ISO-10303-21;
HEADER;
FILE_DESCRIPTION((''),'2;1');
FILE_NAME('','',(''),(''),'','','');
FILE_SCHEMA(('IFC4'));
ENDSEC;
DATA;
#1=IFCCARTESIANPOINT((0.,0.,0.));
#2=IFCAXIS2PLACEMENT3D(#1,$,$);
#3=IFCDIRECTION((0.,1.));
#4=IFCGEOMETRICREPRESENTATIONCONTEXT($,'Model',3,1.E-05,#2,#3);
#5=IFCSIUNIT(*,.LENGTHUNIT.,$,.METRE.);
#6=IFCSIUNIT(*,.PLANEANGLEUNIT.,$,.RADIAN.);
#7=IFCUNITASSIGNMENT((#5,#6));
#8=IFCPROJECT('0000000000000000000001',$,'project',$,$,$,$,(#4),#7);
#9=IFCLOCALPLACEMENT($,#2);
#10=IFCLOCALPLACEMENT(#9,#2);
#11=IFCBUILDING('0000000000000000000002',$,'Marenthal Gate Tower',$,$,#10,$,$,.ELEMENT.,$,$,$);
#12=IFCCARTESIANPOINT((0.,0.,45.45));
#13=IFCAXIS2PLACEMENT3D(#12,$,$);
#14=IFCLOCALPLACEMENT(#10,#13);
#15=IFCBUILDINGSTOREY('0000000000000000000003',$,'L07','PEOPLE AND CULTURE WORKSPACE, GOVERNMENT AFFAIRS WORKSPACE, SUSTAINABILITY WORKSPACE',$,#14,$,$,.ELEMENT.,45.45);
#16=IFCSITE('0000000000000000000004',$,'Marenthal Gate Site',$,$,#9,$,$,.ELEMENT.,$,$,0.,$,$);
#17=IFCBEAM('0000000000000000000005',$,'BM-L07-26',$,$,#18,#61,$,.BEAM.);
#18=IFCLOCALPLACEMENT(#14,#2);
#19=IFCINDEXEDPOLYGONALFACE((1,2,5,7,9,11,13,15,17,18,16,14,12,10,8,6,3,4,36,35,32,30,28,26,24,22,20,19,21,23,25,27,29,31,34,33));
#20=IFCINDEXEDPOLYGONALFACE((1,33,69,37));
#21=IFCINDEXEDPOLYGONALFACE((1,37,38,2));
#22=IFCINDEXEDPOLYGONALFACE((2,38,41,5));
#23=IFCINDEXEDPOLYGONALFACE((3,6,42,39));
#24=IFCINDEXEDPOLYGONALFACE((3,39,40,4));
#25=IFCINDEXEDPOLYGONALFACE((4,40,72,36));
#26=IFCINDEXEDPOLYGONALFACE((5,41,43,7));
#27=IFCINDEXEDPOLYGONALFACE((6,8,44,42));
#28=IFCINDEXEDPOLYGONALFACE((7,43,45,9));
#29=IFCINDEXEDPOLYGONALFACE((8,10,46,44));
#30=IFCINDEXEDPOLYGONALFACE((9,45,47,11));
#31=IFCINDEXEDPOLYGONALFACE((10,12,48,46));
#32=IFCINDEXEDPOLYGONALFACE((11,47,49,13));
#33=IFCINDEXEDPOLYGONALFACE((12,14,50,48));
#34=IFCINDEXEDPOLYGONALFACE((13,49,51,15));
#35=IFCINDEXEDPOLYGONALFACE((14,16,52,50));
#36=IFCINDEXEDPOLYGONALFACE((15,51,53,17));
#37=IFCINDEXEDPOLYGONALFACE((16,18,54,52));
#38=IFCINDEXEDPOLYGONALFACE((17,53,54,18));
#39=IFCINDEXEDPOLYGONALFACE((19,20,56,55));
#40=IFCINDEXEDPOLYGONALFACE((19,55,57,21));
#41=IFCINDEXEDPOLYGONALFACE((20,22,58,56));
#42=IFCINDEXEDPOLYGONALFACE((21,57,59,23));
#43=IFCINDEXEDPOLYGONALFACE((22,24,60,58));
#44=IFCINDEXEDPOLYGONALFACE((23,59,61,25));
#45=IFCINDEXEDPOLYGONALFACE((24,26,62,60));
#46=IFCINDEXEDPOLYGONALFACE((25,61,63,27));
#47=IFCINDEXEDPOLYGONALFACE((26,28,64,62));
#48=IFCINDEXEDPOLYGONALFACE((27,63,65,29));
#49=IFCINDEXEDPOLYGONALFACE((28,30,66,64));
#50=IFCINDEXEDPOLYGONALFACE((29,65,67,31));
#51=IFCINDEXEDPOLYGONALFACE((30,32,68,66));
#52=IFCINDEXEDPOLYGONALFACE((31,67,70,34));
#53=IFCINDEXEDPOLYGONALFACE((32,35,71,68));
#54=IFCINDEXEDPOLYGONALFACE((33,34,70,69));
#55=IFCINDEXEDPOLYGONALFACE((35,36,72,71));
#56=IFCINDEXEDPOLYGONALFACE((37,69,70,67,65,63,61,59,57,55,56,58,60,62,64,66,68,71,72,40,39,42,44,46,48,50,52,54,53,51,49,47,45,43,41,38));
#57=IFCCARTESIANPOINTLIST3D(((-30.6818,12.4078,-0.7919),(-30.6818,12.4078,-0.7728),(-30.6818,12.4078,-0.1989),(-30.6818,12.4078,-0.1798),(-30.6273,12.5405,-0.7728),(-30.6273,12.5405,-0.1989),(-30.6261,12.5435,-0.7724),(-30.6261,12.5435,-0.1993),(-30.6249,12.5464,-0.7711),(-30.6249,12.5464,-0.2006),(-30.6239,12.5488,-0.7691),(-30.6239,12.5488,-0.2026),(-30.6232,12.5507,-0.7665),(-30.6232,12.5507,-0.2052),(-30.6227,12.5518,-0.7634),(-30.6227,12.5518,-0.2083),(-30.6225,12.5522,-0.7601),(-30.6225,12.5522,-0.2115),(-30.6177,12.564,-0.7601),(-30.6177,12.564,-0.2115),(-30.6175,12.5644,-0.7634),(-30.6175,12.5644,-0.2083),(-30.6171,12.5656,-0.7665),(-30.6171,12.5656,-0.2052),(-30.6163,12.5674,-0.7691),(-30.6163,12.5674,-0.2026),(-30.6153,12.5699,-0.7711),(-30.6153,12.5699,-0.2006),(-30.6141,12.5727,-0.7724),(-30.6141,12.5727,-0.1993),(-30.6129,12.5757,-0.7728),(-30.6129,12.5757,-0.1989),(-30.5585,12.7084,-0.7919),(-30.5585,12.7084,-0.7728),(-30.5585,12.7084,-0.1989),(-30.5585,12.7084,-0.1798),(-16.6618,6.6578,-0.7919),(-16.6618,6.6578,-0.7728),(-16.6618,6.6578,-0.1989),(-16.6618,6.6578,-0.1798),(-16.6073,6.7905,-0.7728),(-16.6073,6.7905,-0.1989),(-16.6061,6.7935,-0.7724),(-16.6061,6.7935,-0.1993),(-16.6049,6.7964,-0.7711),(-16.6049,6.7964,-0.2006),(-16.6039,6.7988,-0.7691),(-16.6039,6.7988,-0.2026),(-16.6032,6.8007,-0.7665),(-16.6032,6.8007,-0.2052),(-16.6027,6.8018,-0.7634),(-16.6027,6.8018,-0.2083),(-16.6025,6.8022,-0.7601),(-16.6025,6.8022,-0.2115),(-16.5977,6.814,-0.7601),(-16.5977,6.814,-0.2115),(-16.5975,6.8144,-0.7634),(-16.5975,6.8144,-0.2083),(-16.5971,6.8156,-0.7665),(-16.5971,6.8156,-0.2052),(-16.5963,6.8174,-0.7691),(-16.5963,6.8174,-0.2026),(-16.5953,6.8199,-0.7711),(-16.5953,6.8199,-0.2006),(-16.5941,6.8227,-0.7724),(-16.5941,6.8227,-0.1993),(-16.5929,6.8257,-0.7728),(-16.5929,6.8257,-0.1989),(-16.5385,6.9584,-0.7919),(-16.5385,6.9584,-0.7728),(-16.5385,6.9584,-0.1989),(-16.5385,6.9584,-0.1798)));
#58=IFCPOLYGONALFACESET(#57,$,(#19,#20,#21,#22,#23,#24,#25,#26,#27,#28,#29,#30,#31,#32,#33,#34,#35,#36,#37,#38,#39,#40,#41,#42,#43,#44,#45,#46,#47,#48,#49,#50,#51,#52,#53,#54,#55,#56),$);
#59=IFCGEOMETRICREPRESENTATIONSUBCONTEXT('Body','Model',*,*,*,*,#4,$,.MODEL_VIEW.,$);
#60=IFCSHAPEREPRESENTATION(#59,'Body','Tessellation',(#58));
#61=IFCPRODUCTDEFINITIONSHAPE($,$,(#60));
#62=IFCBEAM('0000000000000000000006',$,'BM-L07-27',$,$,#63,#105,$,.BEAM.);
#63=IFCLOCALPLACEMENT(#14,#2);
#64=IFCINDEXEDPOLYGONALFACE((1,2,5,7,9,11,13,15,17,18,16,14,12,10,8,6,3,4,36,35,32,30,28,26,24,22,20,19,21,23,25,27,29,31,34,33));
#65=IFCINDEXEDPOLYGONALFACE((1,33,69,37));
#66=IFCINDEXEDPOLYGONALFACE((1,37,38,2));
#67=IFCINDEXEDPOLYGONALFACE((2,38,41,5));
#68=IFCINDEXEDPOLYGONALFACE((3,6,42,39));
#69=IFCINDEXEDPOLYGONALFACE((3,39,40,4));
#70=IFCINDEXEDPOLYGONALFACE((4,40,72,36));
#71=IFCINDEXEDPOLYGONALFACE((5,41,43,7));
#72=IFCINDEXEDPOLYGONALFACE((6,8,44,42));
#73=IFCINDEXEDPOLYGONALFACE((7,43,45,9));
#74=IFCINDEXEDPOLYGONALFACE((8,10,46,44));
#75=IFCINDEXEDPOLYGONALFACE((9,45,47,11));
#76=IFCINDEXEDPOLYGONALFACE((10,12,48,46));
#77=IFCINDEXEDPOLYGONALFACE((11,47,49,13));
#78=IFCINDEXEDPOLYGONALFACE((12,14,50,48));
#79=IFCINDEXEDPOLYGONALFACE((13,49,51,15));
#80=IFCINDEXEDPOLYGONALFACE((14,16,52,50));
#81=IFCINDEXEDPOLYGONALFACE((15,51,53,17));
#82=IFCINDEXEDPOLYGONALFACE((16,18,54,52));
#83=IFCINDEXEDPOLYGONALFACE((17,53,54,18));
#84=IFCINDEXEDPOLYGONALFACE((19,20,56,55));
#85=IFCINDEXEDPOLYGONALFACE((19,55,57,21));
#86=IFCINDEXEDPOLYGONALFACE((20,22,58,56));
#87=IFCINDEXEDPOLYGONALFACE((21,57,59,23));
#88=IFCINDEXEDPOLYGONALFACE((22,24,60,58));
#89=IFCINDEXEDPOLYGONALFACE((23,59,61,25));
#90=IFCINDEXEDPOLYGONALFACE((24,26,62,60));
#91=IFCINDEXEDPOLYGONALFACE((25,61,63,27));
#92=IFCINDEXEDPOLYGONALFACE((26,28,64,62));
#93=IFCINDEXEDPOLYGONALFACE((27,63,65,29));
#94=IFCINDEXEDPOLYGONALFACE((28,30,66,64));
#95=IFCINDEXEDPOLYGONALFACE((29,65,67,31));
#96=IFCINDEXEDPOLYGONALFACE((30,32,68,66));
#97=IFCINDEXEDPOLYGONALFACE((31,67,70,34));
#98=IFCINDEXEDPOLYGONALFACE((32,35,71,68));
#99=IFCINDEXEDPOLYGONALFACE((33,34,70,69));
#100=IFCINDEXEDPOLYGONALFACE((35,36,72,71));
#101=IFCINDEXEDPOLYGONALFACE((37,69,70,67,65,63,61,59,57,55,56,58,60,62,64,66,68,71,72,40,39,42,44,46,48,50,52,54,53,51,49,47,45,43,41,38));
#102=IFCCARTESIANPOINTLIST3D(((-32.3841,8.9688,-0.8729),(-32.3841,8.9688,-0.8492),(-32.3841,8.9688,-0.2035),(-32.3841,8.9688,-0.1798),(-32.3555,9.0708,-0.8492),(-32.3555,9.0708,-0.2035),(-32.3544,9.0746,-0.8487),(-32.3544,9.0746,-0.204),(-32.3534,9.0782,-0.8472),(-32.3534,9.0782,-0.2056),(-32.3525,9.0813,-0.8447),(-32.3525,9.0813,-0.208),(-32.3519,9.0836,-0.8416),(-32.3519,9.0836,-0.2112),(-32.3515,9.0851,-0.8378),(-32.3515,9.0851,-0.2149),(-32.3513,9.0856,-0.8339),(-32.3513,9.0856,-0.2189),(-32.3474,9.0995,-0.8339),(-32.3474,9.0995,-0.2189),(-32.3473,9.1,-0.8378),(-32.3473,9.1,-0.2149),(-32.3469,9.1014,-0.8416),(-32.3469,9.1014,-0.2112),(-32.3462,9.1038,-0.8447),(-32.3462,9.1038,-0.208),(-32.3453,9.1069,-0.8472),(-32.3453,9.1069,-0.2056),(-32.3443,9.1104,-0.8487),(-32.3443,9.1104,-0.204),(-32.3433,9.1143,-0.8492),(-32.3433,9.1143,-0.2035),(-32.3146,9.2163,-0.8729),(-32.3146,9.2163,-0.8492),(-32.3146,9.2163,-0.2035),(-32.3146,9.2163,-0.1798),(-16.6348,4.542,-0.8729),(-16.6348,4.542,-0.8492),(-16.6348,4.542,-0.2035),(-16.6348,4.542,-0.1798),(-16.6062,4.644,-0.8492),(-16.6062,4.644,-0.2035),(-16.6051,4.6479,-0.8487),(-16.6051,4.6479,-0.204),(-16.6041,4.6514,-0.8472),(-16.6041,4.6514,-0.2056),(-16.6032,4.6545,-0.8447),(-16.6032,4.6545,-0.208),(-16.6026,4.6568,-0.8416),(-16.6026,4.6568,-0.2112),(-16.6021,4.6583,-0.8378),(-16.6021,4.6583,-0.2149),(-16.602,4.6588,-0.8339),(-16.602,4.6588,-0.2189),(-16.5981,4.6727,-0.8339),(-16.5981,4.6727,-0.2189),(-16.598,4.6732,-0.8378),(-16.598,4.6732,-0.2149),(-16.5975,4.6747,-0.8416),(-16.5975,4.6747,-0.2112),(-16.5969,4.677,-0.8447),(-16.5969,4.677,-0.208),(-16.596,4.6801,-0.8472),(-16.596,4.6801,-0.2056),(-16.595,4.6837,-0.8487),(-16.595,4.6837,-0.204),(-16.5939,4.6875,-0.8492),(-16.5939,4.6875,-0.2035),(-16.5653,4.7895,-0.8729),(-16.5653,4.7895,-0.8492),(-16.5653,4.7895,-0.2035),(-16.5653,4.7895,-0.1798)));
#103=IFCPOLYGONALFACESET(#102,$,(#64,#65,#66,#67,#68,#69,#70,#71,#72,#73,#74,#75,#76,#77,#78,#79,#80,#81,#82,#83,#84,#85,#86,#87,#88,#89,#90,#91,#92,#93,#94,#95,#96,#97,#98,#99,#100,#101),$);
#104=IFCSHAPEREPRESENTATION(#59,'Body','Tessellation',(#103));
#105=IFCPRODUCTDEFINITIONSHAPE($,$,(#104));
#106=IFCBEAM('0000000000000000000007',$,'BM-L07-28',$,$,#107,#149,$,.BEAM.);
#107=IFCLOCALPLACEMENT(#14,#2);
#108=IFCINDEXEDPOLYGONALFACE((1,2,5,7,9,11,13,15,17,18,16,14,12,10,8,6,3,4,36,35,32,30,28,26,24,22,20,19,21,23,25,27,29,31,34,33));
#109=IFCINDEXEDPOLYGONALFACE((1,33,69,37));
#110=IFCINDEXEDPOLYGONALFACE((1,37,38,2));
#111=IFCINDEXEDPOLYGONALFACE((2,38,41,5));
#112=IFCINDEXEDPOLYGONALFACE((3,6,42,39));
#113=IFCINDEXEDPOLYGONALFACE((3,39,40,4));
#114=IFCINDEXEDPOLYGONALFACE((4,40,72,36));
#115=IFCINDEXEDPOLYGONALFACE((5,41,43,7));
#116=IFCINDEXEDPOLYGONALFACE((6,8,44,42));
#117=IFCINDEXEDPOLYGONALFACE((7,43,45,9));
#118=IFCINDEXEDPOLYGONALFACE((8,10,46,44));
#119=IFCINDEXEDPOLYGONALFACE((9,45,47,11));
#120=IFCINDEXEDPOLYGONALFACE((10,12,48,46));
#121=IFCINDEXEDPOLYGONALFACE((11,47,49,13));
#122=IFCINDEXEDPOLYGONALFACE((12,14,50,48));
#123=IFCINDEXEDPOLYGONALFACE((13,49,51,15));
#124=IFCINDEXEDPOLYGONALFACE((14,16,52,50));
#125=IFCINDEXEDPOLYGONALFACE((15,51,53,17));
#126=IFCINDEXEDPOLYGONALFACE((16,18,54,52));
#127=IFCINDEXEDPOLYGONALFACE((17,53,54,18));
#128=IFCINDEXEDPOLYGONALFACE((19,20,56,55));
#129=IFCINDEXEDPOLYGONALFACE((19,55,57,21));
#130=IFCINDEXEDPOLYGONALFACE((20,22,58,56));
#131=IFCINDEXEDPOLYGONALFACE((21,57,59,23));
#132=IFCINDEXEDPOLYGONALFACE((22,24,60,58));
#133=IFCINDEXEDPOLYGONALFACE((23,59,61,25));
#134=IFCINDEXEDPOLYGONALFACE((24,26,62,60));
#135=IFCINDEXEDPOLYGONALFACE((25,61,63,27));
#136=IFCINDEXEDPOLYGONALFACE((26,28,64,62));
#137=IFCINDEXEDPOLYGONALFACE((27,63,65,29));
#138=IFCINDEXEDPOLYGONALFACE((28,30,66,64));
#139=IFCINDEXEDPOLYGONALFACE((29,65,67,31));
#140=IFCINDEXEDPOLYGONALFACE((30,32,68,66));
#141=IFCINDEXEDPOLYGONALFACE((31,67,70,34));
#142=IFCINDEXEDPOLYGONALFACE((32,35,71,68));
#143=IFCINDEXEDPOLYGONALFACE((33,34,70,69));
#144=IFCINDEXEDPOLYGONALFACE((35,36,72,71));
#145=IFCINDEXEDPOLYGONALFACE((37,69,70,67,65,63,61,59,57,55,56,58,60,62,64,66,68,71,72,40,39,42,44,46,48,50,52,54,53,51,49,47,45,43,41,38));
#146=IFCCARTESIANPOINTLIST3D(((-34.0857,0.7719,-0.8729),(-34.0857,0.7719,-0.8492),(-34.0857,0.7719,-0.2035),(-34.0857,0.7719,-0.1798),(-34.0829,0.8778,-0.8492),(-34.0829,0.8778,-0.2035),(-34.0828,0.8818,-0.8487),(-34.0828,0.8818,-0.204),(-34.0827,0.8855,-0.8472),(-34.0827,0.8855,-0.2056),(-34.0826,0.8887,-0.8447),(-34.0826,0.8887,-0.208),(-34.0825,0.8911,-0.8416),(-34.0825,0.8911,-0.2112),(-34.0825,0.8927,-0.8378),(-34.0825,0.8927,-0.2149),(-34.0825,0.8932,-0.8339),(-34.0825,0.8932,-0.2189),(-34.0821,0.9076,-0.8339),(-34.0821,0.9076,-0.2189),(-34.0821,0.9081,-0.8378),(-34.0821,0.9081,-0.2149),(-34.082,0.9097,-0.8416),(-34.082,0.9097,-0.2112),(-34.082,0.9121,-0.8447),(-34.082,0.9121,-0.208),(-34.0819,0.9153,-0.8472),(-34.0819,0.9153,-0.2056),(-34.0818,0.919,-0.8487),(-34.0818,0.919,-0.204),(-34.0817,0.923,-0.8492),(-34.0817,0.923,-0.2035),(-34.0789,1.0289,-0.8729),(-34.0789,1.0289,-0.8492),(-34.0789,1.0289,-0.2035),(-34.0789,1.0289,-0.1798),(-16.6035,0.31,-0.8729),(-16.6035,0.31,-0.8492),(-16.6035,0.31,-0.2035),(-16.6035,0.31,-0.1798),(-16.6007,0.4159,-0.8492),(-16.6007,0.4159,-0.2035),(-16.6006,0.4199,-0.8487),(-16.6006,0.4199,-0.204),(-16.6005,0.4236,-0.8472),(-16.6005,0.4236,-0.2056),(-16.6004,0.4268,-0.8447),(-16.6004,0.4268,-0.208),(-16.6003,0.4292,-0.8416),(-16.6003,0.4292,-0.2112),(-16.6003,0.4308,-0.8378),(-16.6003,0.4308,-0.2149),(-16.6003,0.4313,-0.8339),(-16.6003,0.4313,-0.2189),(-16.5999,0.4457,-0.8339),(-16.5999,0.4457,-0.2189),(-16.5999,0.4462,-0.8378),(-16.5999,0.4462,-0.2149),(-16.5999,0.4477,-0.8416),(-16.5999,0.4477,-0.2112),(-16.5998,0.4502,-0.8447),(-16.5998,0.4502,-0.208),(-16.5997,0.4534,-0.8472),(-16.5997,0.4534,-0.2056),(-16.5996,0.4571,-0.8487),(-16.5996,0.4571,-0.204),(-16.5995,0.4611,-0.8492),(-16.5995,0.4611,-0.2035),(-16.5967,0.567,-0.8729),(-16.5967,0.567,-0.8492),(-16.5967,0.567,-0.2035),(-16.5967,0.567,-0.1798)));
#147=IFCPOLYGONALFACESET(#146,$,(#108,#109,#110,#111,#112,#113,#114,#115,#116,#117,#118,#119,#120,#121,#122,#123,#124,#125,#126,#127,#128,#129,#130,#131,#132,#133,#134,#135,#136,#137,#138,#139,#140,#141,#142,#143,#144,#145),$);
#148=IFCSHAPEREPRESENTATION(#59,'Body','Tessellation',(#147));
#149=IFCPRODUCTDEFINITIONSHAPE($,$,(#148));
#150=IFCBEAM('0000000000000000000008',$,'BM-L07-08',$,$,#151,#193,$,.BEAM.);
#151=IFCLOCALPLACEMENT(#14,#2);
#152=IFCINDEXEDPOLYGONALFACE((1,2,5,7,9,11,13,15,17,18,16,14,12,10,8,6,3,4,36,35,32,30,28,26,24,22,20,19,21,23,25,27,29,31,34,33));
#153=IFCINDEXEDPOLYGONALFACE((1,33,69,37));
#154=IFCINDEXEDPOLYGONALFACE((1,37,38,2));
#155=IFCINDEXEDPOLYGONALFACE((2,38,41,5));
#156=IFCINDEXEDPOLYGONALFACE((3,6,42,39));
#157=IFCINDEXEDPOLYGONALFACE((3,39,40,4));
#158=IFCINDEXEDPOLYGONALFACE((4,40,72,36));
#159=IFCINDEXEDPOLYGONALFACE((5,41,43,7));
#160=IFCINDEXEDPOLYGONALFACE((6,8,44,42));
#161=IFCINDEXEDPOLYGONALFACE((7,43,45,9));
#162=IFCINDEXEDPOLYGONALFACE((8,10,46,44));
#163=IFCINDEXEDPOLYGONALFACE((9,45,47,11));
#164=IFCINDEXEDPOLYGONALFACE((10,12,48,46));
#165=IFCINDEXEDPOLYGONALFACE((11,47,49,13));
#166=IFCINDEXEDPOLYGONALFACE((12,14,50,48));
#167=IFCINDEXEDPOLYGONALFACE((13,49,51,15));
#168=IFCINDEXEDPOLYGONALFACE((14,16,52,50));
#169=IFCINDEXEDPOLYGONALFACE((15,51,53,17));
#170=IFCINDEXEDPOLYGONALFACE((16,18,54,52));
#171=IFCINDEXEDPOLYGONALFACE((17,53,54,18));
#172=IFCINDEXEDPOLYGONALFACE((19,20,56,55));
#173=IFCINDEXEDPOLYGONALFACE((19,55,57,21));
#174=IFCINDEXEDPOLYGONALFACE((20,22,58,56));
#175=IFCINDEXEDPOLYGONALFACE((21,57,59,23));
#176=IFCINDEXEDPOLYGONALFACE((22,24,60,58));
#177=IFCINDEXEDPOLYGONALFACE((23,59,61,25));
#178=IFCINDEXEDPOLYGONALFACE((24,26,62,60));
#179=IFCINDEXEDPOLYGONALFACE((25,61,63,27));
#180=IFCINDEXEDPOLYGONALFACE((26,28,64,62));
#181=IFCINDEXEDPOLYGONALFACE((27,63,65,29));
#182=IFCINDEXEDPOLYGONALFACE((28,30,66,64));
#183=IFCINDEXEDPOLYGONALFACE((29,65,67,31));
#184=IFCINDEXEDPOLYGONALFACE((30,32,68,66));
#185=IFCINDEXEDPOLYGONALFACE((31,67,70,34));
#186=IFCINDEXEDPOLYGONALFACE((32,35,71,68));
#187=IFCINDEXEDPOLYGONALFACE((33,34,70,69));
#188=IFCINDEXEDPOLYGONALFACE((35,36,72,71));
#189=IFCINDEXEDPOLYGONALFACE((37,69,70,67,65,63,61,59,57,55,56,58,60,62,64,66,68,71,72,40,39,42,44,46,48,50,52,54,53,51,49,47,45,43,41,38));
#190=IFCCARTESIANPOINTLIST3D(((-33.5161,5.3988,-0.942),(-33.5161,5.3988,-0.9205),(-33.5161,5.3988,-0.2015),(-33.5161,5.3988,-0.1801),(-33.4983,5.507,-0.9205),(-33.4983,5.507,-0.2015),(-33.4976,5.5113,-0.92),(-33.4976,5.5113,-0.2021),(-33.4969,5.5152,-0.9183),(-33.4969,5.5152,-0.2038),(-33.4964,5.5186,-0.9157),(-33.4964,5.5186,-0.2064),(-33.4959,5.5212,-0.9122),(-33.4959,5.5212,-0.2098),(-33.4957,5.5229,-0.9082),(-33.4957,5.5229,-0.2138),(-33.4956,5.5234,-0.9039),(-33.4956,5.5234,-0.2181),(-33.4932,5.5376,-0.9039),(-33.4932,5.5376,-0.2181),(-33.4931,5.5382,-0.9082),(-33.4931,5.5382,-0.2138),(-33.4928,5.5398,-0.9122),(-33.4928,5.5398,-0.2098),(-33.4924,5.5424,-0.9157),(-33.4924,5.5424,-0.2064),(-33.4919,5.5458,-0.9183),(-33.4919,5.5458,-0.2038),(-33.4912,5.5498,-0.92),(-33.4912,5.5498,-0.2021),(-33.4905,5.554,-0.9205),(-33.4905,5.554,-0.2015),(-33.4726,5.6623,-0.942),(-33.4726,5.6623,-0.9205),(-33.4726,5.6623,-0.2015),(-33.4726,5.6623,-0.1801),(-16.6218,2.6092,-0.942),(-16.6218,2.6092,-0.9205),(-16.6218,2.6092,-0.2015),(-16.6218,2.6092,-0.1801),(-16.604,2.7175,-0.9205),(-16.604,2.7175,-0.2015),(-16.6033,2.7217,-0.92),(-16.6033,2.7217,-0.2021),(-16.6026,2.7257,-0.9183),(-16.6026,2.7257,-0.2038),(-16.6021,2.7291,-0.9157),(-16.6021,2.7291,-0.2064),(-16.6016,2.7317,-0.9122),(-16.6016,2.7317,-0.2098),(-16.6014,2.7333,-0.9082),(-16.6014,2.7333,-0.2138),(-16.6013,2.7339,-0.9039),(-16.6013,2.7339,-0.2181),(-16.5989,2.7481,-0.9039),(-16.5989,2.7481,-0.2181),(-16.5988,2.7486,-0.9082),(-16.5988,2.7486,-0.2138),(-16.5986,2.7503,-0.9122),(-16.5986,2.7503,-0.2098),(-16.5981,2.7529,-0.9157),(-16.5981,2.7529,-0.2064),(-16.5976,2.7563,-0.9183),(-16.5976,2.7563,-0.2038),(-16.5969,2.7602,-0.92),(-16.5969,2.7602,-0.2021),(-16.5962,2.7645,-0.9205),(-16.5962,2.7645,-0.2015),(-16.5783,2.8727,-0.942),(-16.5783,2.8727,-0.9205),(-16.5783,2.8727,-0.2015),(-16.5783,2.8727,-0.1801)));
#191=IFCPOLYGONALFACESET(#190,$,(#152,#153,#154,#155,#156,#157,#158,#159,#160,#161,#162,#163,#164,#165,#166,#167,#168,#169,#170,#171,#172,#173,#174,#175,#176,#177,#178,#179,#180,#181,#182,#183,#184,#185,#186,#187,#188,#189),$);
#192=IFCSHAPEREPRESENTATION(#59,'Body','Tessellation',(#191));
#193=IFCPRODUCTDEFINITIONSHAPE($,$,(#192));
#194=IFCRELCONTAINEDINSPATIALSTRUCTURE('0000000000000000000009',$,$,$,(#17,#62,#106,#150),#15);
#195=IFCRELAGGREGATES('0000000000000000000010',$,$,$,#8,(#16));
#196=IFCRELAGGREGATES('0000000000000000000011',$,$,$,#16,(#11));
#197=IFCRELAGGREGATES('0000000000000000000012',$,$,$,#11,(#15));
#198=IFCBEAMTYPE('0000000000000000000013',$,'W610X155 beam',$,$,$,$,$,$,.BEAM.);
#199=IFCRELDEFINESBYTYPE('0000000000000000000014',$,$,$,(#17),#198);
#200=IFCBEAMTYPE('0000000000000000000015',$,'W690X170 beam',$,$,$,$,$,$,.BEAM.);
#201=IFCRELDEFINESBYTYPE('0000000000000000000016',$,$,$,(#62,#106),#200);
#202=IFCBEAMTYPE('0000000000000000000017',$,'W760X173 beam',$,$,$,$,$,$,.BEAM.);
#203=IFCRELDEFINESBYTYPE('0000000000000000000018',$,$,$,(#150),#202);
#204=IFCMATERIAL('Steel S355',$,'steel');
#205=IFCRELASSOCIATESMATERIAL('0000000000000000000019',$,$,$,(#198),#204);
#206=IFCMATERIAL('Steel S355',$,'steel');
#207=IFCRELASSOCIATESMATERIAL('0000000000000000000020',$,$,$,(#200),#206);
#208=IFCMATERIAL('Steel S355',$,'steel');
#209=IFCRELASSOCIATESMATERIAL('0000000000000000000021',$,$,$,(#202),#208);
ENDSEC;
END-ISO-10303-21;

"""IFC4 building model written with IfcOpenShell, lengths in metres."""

from ifc_helpers import new_model, si_unit, direction, frame, origin, origin_2d, place, context, subcontext, project, spatial, i_section, extrude, material, material_profile, profile_set, type_object, element, save


model = new_model("IFC4")

# Units and contexts
model_context = context("Model", 3, precision=1e-05, world=origin(), true_north=direction((0.0, 1.0)))
body_context = subcontext(model_context, "Body", "Model", "MODEL_VIEW")
ifc_project = project(units=[si_unit("LENGTHUNIT", "METRE"), si_unit("PLANEANGLEUNIT", "RADIAN")], contexts=[model_context])

# Site, building, storey
site_placement = place(None, origin())
site = spatial("IfcSite", under=ifc_project, at=site_placement, Name="Marenthal Gate Site", CompositionType="ELEMENT", RefElevation=0.0)
building_placement = place(site_placement, origin())
building = spatial("IfcBuilding", under=site, at=building_placement, Name="Marenthal Gate Tower", CompositionType="ELEMENT")
storey_placement = place(building_placement, frame((0.0, 0.0, 45.45)))
storey = spatial("IfcBuildingStorey", under=building, at=storey_placement, Name="L07", Description="PEOPLE AND CULTURE WORKSPACE, GOVERNMENT AFFAIRS WORKSPACE, SUSTAINABILITY WORKSPACE", CompositionType="ELEMENT", Elevation=45.45)

# Beams
ifc_material_1 = material(Name="Steel S355", Category="steel")
ifc_material_profile_1 = material_profile(ifc_material_1, i_section(OverallWidth=0.325, OverallDepth=0.6121, WebThickness=0.0127, FlangeThickness=0.019, FilletRadius=0.0127, at=origin_2d()), Name="W610X155")
ifc_profile_set_1 = profile_set([ifc_material_profile_1], Name="Steel S355")
beam_type_1 = type_object("IfcBeamType", Name="W610X155 beam", PredefinedType="BEAM", material=ifc_profile_set_1)
beam_1_placement = place(storey_placement, frame((-30.6201, 12.5581, -0.4858), z_axis=(0.92521, -0.379455, 0.0), x_axis=(0.379455, 0.92521, 0.0)))
element("IfcBeam", 1, at=beam_1_placement, inside=storey, type_object=beam_type_1, Name="BM-L07-26", PredefinedType="BEAM", context=body_context, shape_type="SweptSolid", body=[
    extrude(i_section(OverallWidth=0.325, OverallDepth=0.6121, WebThickness=0.0127, FlangeThickness=0.019, FilletRadius=0.0127, at=origin_2d()), origin(), (0.0, 0.0, 1.0), 15.1533),
])
ifc_material_2 = material(Name="Steel S355", Category="steel")
ifc_material_profile_2 = material_profile(ifc_material_2, i_section(OverallWidth=0.2571, OverallDepth=0.6931, WebThickness=0.0144, FlangeThickness=0.0237, FilletRadius=0.0154, at=origin_2d()), Name="W690X170")
ifc_profile_set_2 = profile_set([ifc_material_profile_2], Name="Steel S355")
beam_type_2 = type_object("IfcBeamType", Name="W690X170 beam", PredefinedType="BEAM", material=ifc_profile_set_2)
beam_2_placement = place(storey_placement, frame((-32.3494, 9.0925, -0.5264), z_axis=(0.962694, -0.270591, 0.0), x_axis=(0.270591, 0.962694, 0.0)))
element("IfcBeam", 2, at=beam_2_placement, inside=storey, type_object=beam_type_2, Name="BM-L07-27", PredefinedType="BEAM", context=body_context, shape_type="SweptSolid", body=[
    extrude(i_section(OverallWidth=0.2571, OverallDepth=0.6931, WebThickness=0.0144, FlangeThickness=0.0237, FilletRadius=0.0154, at=origin_2d()), origin(), (0.0, 0.0, 1.0), 16.3596),
])
beam_3_placement = place(storey_placement, frame((-34.0823, 0.9004, -0.5264), z_axis=(0.999651, -0.026413, 0.0), x_axis=(0.026413, 0.999651, 0.0)))
element("IfcBeam", 3, at=beam_3_placement, inside=storey, type_object=beam_type_2, Name="BM-L07-28", PredefinedType="BEAM", context=body_context, shape_type="SweptSolid", body=[
    extrude(i_section(OverallWidth=0.2571, OverallDepth=0.6931, WebThickness=0.0144, FlangeThickness=0.0237, FilletRadius=0.0154, at=origin_2d()), origin(), (0.0, 0.0, 1.0), 17.4883),
])
ifc_material_3 = material(Name="Steel S355", Category="steel")
ifc_material_profile_3 = material_profile(ifc_material_3, i_section(OverallWidth=0.2671, OverallDepth=0.762, WebThickness=0.0144, FlangeThickness=0.0215, FilletRadius=0.0166, at=origin_2d()), Name="W760X173")
ifc_profile_set_3 = profile_set([ifc_material_profile_3], Name="Steel S355")
beam_type_3 = type_object("IfcBeamType", Name="W760X173 beam", PredefinedType="BEAM", material=ifc_profile_set_3)
beam_4_placement = place(storey_placement, frame((-33.4944, 5.5305, -0.561), z_axis=(0.986641, -0.162912, 0.0), x_axis=(0.162912, 0.986641, 0.0)))
element("IfcBeam", 4, at=beam_4_placement, inside=storey, type_object=beam_type_3, Name="BM-L07-08", PredefinedType="BEAM", context=body_context, shape_type="SweptSolid", body=[
    extrude(i_section(OverallWidth=0.2671, OverallDepth=0.762, WebThickness=0.0144, FlangeThickness=0.0215, FilletRadius=0.0166, at=origin_2d()), origin(), (0.0, 0.0, 1.0), 17.123),
])

save(model, "model.ifc")
